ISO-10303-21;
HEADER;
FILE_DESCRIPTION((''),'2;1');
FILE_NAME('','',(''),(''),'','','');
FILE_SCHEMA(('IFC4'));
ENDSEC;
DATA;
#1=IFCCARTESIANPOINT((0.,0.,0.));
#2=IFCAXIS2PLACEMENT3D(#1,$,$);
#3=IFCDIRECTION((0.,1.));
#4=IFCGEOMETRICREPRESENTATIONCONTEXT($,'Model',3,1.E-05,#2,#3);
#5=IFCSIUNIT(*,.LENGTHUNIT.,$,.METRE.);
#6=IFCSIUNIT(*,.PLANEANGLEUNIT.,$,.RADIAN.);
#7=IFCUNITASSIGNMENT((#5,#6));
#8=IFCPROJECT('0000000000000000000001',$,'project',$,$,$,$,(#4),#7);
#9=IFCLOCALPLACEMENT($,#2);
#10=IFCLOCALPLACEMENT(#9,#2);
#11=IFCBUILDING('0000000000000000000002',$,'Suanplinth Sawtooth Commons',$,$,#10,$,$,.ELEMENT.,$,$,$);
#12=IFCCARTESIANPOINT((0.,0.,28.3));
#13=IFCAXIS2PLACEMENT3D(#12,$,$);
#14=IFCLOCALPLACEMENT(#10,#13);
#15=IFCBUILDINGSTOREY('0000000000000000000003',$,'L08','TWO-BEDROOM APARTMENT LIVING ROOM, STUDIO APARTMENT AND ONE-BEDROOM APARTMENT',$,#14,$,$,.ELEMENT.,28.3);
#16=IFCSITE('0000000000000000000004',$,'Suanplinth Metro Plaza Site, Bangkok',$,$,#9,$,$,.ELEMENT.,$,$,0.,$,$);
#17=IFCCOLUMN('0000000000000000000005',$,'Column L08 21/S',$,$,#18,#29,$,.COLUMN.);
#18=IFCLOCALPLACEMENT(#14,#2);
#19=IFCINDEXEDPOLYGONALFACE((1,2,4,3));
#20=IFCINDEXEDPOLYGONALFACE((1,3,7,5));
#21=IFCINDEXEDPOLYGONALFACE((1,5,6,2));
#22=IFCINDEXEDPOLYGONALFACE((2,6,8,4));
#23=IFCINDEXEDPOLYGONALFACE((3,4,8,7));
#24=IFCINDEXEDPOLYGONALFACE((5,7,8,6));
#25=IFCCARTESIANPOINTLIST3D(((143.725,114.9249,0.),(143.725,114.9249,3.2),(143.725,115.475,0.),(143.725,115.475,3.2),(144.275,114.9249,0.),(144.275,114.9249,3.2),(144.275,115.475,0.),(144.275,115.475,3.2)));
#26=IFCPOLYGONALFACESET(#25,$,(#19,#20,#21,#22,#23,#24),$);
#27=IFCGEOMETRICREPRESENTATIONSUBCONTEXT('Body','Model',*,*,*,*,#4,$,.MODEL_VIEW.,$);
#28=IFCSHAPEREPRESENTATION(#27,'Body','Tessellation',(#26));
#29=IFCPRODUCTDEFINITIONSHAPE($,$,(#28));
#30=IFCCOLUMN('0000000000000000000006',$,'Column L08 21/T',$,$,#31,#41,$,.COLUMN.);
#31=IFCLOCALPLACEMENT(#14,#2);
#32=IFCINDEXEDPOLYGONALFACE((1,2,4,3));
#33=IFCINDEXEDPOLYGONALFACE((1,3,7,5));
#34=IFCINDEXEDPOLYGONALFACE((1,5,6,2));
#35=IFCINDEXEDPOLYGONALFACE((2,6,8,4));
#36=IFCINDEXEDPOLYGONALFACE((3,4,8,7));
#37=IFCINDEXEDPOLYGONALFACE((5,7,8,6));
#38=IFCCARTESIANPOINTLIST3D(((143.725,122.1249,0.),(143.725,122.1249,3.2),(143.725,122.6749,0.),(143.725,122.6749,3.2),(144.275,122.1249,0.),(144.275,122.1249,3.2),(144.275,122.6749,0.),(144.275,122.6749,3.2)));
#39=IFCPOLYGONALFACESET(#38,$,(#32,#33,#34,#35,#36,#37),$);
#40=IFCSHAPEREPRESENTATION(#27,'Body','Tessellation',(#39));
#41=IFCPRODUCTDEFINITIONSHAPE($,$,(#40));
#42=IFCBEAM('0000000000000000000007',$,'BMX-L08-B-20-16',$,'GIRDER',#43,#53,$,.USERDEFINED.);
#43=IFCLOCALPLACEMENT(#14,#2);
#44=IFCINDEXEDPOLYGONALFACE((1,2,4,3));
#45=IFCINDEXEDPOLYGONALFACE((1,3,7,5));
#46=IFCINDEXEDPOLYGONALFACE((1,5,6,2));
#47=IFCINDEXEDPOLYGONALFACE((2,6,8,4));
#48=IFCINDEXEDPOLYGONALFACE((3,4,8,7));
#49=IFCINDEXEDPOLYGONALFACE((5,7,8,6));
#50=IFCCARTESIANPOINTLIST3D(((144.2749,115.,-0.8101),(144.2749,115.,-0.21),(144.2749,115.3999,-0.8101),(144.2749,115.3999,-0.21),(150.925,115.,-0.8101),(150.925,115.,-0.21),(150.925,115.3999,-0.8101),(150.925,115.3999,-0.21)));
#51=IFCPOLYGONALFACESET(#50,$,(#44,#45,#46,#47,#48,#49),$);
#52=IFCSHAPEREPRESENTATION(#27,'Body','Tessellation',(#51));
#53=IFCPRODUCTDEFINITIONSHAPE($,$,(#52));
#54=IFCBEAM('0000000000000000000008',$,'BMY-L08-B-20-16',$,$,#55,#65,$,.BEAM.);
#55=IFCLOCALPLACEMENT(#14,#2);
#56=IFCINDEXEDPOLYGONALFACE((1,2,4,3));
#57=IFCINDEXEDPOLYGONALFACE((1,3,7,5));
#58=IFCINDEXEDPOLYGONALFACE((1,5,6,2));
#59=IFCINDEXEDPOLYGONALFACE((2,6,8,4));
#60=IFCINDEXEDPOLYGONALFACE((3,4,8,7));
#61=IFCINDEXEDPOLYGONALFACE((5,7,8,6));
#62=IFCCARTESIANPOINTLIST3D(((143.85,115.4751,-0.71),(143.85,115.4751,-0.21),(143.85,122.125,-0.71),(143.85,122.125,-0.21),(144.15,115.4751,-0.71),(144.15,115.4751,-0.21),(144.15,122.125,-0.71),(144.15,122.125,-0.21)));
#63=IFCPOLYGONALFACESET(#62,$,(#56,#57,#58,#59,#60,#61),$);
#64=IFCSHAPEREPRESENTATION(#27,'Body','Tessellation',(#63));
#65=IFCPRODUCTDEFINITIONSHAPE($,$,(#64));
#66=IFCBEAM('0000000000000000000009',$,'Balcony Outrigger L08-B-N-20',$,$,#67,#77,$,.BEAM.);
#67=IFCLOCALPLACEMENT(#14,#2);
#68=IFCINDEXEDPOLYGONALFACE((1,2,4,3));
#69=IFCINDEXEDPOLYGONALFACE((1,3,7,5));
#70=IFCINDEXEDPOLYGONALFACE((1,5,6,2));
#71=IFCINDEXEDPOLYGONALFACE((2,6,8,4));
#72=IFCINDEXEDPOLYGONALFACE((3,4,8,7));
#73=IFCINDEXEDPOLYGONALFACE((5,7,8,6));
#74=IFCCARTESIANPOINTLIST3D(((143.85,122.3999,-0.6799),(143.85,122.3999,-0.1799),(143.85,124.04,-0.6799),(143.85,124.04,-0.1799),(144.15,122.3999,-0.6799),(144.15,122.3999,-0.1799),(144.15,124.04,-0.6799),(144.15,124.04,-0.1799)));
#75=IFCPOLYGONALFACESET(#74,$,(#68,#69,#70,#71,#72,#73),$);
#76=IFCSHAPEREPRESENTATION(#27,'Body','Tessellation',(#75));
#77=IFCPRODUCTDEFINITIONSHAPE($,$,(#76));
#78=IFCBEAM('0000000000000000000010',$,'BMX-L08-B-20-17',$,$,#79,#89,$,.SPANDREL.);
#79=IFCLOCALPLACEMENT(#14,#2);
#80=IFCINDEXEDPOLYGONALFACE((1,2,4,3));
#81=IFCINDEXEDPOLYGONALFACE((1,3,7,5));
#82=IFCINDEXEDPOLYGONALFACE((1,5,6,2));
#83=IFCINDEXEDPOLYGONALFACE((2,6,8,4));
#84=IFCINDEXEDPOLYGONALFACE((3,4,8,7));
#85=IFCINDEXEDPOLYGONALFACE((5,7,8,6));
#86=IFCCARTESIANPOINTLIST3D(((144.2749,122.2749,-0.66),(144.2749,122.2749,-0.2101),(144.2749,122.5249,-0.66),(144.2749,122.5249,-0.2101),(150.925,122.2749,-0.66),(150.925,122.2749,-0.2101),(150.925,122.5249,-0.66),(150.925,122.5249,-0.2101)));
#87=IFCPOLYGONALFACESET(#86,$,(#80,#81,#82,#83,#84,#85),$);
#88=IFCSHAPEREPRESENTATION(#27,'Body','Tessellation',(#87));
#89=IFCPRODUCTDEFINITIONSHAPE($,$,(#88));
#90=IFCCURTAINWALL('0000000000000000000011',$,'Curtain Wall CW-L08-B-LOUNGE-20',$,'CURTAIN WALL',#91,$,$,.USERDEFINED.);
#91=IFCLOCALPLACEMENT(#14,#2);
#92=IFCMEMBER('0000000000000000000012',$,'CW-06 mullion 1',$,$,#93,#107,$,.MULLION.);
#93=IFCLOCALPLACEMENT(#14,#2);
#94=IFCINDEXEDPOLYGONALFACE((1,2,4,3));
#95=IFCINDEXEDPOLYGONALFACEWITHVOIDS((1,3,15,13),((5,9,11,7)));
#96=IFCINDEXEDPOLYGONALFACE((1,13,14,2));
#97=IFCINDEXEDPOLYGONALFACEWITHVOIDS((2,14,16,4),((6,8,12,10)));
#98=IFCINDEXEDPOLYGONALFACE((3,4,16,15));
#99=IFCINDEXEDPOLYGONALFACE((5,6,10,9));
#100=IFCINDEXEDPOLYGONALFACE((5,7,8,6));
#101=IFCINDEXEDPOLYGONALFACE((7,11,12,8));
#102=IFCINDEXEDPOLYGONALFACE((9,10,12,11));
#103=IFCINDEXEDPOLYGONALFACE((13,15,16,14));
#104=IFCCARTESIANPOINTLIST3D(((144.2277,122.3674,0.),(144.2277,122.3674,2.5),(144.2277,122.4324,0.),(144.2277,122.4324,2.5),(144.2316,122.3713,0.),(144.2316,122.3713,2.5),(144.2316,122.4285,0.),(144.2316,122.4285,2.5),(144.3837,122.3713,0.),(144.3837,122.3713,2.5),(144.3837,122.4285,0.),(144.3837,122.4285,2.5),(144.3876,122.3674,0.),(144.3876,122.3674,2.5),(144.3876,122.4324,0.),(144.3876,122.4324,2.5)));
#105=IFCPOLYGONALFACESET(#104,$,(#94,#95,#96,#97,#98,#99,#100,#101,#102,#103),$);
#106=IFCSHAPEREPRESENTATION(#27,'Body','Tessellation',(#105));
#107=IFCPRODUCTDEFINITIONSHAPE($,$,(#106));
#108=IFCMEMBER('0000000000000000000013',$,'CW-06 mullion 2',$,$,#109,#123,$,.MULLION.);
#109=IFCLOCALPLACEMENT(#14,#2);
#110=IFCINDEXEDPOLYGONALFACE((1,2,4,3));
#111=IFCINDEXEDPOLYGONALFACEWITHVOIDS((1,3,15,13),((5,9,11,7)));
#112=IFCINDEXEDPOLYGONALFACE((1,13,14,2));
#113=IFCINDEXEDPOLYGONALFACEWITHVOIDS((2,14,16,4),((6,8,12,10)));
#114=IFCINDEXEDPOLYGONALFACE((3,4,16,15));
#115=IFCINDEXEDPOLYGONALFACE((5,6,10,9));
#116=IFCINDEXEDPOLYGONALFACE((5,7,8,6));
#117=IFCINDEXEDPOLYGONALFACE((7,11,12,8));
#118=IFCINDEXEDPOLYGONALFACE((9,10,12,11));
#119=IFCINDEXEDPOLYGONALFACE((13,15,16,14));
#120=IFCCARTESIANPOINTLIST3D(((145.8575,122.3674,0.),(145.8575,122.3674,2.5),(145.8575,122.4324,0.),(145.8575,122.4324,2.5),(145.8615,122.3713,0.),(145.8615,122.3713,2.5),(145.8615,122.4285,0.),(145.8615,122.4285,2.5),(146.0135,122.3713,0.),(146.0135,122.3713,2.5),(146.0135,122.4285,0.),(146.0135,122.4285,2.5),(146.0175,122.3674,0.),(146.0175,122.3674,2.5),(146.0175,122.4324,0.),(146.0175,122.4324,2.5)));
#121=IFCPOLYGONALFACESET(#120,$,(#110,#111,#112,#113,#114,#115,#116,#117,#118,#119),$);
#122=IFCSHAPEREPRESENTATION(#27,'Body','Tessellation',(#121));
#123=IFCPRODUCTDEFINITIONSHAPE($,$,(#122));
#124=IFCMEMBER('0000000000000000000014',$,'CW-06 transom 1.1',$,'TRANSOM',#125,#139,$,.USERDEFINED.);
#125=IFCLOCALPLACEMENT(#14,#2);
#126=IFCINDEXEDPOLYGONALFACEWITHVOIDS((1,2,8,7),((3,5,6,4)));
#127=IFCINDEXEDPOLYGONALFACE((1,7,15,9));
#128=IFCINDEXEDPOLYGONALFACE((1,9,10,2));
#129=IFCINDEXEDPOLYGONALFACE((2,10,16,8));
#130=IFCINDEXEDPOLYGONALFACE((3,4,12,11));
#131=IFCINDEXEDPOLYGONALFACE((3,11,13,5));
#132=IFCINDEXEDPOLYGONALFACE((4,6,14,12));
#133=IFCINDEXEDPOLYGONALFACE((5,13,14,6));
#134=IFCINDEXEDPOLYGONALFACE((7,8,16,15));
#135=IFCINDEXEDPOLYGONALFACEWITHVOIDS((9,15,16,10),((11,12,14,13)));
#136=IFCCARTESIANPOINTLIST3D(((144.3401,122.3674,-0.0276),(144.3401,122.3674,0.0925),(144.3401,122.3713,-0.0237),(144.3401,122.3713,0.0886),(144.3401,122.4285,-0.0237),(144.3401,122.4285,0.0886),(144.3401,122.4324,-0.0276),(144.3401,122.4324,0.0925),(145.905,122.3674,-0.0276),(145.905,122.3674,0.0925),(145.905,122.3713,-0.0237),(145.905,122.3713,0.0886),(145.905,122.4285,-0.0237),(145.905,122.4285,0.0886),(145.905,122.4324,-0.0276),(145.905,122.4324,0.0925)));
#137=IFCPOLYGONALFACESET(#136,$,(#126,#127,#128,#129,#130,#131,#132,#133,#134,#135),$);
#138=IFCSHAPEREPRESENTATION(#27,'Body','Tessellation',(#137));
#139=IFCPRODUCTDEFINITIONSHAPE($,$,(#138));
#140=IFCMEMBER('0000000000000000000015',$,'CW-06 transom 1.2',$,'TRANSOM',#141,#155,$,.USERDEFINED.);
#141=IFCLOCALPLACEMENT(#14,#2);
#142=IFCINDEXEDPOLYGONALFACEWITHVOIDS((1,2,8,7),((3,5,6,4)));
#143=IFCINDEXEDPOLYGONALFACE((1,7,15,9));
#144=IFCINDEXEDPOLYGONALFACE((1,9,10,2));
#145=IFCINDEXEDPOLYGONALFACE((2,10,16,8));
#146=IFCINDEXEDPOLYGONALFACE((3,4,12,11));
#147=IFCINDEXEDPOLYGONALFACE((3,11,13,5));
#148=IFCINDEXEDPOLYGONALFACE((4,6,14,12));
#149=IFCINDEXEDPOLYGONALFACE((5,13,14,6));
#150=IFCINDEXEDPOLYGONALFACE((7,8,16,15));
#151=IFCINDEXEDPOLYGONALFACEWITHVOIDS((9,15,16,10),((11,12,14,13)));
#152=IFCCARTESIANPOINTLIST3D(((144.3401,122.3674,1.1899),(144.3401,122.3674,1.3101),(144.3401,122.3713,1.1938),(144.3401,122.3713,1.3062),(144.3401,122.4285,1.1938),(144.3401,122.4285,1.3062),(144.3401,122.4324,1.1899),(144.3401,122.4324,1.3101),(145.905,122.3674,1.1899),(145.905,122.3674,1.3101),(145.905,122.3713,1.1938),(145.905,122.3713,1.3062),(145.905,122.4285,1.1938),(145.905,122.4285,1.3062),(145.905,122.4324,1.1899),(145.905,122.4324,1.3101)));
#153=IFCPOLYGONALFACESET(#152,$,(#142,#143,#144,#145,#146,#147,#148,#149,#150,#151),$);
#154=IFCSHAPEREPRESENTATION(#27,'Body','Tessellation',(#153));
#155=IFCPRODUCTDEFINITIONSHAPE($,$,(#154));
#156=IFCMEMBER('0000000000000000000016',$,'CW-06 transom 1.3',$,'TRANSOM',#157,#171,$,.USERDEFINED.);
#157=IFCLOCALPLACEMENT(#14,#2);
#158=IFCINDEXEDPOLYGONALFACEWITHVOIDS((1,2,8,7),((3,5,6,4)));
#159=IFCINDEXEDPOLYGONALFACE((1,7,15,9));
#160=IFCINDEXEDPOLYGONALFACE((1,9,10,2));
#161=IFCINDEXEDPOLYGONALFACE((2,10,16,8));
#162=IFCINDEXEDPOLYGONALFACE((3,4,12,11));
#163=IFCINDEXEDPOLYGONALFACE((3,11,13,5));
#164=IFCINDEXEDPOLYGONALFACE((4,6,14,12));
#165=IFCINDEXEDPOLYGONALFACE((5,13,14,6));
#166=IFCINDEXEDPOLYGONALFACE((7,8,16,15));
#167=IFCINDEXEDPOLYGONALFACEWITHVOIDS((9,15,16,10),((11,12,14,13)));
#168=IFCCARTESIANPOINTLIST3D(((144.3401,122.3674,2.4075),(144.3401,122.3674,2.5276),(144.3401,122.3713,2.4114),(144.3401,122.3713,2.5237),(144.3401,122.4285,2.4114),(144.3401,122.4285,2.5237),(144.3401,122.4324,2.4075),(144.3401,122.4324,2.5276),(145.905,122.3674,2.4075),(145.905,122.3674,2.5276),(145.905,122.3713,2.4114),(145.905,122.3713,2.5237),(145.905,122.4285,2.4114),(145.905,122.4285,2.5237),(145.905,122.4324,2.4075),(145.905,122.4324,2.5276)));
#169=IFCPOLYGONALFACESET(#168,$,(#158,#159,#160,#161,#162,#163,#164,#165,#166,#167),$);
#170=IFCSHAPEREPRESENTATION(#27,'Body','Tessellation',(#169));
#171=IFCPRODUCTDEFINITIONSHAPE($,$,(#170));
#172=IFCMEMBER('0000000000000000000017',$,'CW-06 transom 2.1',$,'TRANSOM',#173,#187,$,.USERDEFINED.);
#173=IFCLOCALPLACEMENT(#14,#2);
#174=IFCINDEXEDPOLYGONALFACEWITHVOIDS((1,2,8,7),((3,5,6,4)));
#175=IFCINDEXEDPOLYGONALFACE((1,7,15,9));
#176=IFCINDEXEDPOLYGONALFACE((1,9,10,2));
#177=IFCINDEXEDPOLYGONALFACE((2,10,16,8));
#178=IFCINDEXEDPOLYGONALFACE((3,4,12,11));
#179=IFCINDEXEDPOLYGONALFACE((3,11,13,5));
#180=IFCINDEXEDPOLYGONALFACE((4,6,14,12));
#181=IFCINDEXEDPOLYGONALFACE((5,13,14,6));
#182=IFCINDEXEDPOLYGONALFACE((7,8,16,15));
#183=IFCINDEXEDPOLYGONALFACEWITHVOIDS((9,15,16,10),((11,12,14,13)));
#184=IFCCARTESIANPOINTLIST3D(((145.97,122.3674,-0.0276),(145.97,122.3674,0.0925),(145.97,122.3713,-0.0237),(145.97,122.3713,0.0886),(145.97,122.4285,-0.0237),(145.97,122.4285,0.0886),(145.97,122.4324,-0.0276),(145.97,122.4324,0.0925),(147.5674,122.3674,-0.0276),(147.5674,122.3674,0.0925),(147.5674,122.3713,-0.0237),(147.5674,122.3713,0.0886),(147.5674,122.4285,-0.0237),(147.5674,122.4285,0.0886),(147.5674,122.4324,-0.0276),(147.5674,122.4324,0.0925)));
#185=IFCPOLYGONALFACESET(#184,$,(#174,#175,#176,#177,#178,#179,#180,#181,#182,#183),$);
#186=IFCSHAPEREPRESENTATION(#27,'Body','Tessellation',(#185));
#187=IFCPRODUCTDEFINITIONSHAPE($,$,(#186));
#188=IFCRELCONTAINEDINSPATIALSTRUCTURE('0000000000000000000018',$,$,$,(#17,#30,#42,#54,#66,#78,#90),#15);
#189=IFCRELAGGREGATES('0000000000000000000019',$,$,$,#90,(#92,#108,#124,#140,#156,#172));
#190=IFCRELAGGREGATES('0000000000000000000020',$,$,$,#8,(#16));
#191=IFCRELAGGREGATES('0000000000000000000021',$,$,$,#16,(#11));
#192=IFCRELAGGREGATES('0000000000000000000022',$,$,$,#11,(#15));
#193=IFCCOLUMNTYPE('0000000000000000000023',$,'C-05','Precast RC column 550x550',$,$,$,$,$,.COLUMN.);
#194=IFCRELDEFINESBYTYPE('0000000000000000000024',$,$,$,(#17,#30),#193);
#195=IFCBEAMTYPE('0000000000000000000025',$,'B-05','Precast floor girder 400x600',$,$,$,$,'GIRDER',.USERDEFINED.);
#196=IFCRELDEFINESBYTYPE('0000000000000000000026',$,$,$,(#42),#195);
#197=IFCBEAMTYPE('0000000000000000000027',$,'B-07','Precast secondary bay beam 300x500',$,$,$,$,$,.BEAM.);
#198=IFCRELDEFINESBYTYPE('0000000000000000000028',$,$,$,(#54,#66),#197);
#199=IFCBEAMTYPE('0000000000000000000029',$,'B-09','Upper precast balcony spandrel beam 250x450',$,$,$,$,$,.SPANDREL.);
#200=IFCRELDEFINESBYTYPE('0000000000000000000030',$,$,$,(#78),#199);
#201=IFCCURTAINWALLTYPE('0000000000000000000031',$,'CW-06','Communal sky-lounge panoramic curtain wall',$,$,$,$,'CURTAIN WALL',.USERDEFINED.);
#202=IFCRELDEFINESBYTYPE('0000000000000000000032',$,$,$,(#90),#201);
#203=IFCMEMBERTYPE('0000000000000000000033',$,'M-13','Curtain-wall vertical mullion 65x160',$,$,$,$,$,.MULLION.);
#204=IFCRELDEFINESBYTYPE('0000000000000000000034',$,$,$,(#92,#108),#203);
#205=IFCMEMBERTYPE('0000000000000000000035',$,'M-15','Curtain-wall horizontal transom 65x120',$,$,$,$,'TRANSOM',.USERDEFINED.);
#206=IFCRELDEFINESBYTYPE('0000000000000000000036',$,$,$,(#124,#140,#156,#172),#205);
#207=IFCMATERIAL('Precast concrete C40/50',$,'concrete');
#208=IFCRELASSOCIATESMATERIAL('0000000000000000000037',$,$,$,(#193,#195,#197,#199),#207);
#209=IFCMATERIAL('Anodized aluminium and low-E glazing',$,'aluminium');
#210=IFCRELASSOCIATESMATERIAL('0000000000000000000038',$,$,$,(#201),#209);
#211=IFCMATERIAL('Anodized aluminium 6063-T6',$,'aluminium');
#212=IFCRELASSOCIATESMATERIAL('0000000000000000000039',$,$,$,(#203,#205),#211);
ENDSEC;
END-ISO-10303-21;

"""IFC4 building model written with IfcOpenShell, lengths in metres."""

from ifc_helpers import new_model, si_unit, direction, frame, origin, origin_2d, place, context, subcontext, project, spatial, rectangle, hollow_rectangle, extrude, material, material_profile, profile_set, type_object, element, aggregate, save


model = new_model("IFC4")

# Units and contexts
model_context = context("Model", 3, precision=1e-05, world=origin(), true_north=direction((0.0, 1.0)))
body_context = subcontext(model_context, "Body", "Model", "MODEL_VIEW")
ifc_project = project(units=[si_unit("LENGTHUNIT", "METRE"), si_unit("PLANEANGLEUNIT", "RADIAN")], contexts=[model_context])

# Site, building, storey
site_placement = place(None, origin())
site = spatial("IfcSite", under=ifc_project, at=site_placement, Name="Suanplinth Metro Plaza Site, Bangkok", CompositionType="ELEMENT", RefElevation=0.0)
building_placement = place(site_placement, origin())
building = spatial("IfcBuilding", under=site, at=building_placement, Name="Suanplinth Sawtooth Commons", CompositionType="ELEMENT")
storey_placement = place(building_placement, frame((0.0, 0.0, 28.3)))
storey = spatial("IfcBuildingStorey", under=building, at=storey_placement, Name="L08", Description="TWO-BEDROOM APARTMENT LIVING ROOM, STUDIO APARTMENT AND ONE-BEDROOM APARTMENT", CompositionType="ELEMENT", Elevation=28.3)

# Columns
ifc_material_1 = material(Name="Precast concrete C40/50", Category="concrete")
ifc_material_profile_1 = material_profile(ifc_material_1, rectangle(XDim=0.55, YDim=0.55, at=origin_2d()), Name="PC-COL 550x550")
ifc_profile_set_1 = profile_set([ifc_material_profile_1], Name="Precast concrete C40/50")
column_type = type_object("IfcColumnType", Name="C-05", Description="Precast RC column 550x550", PredefinedType="COLUMN", material=ifc_profile_set_1)
for number, where, z_axis, x_axis, name in (
    (1, (144.0, 115.2, 0.0), (0.0, 0.0, 1.0), (1.0, 0.0, 0.0), "Column L08 21/S"),
    (2, (144.0, 122.3999, 0.0), (0.0, 0.0, 1.0), (1.0, 0.0, 0.0), "Column L08 21/T"),
):
    element("IfcColumn", number, at=place(storey_placement, frame(where, z_axis=z_axis, x_axis=x_axis)), inside=storey, type_object=column_type, Name=name, PredefinedType="COLUMN", context=body_context, shape_type="SweptSolid", body=[
        extrude(rectangle(XDim=0.55, YDim=0.55, at=origin_2d()), origin(), (0.0, 0.0, 1.0), 3.2),
    ])

# Beams
ifc_material_profile_2 = material_profile(ifc_material_1, rectangle(XDim=0.3999, YDim=0.6001, at=origin_2d()), Name="PC-GDR 400x600")
ifc_profile_set_2 = profile_set([ifc_material_profile_2], Name="Precast concrete C40/50")
beam_type_1 = type_object("IfcBeamType", Name="B-05", Description="Precast floor girder 400x600", ElementType="GIRDER", PredefinedType="USERDEFINED", material=ifc_profile_set_2)
beam_1_placement = place(storey_placement, frame((144.2749, 115.2, -0.51), z_axis=(1.0, 0.0, 0.0), x_axis=(0.0, 1.0, 0.0)))
element("IfcBeam", 3, at=beam_1_placement, inside=storey, type_object=beam_type_1, Name="BMX-L08-B-20-16", ObjectType="GIRDER", PredefinedType="USERDEFINED", context=body_context, shape_type="SweptSolid", body=[
    extrude(rectangle(XDim=0.3999, YDim=0.6001, at=origin_2d()), origin(), (0.0, 0.0, 1.0), 6.6501),
])
ifc_material_profile_3 = material_profile(ifc_material_1, rectangle(XDim=0.3, YDim=0.5, at=origin_2d()), Name="PC-BM 300x500")
ifc_profile_set_3 = profile_set([ifc_material_profile_3], Name="Precast concrete C40/50")
beam_type_2 = type_object("IfcBeamType", Name="B-07", Description="Precast secondary bay beam 300x500", PredefinedType="BEAM", material=ifc_profile_set_3)
beam_2_placement = place(storey_placement, frame((144.0, 115.4751, -0.46), z_axis=(0.0, 1.0, 0.0), x_axis=(-1.0, 0.0, 0.0)))
element("IfcBeam", 4, at=beam_2_placement, inside=storey, type_object=beam_type_2, Name="BMY-L08-B-20-16", PredefinedType="BEAM", context=body_context, shape_type="SweptSolid", body=[
    extrude(rectangle(XDim=0.3, YDim=0.5, at=origin_2d()), origin(), (0.0, 0.0, 1.0), 6.6499),
])
beam_3_placement = place(storey_placement, frame((144.0, 122.3999, -0.4299), z_axis=(0.0, 1.0, 0.0), x_axis=(-1.0, 0.0, 0.0)))
element("IfcBeam", 5, at=beam_3_placement, inside=storey, type_object=beam_type_2, Name="Balcony Outrigger L08-B-N-20", PredefinedType="BEAM", context=body_context, shape_type="SweptSolid", body=[
    extrude(rectangle(XDim=0.3, YDim=0.5, at=origin_2d()), origin(), (0.0, 0.0, 1.0), 1.6401),
])
ifc_material_profile_4 = material_profile(ifc_material_1, rectangle(XDim=0.25, YDim=0.45, at=origin_2d()), Name="PC-SP 250x450")
ifc_profile_set_4 = profile_set([ifc_material_profile_4], Name="Precast concrete C40/50")
beam_type_3 = type_object("IfcBeamType", Name="B-09", Description="Upper precast balcony spandrel beam 250x450", PredefinedType="SPANDREL", material=ifc_profile_set_4)
beam_4_placement = place(storey_placement, frame((144.2749, 122.3999, -0.4351), z_axis=(1.0, 0.0, 0.0), x_axis=(0.0, 1.0, 0.0)))
element("IfcBeam", 6, at=beam_4_placement, inside=storey, type_object=beam_type_3, Name="BMX-L08-B-20-17", PredefinedType="SPANDREL", context=body_context, shape_type="SweptSolid", body=[
    extrude(rectangle(XDim=0.25, YDim=0.45, at=origin_2d()), origin(), (0.0, 0.0, 1.0), 6.6501),
])

# Curtain wall, members
ifc_material_2 = material(Name="Anodized aluminium and low-E glazing", Category="aluminium")
curtain_wall_type = type_object("IfcCurtainWallType", Name="CW-06", Description="Communal sky-lounge panoramic curtain wall", ElementType="CURTAIN WALL", PredefinedType="USERDEFINED", material=ifc_material_2)
curtain_wall_placement = place(storey_placement, origin())
curtain_wall = element("IfcCurtainWall", 7, at=curtain_wall_placement, inside=storey, type_object=curtain_wall_type, Name="Curtain Wall CW-L08-B-LOUNGE-20", ObjectType="CURTAIN WALL", PredefinedType="USERDEFINED")
ifc_material_3 = material(Name="Anodized aluminium 6063-T6", Category="aluminium")
ifc_material_profile_5 = material_profile(ifc_material_3, hollow_rectangle(XDim=0.0649, YDim=0.1599, WallThickness=0.0039, at=origin_2d()), Name="ALU-MUL 65x160")
ifc_profile_set_5 = profile_set([ifc_material_profile_5], Name="Anodized aluminium 6063-T6")
member_type_1 = type_object("IfcMemberType", Name="M-13", Description="Curtain-wall vertical mullion 65x160", PredefinedType="MULLION", material=ifc_profile_set_5)
member_1_placement = place(storey_placement, frame((144.3076, 122.3999, 0.0), z_axis=(0.0, 0.0, 1.0), x_axis=(0.0, 1.0, 0.0)))
member_1 = element("IfcMember", 8, at=member_1_placement, type_object=member_type_1, Name="CW-06 mullion 1", PredefinedType="MULLION", context=body_context, shape_type="SweptSolid", body=[
    extrude(hollow_rectangle(XDim=0.0649, YDim=0.1599, WallThickness=0.0039, at=origin_2d()), origin(), (0.0, 0.0, 1.0), 2.5),
])
member_2_placement = place(storey_placement, frame((145.9375, 122.3999, 0.0), z_axis=(0.0, 0.0, 1.0), x_axis=(0.0, 1.0, 0.0)))
member_2 = element("IfcMember", 9, at=member_2_placement, type_object=member_type_1, Name="CW-06 mullion 2", PredefinedType="MULLION", context=body_context, shape_type="SweptSolid", body=[
    extrude(hollow_rectangle(XDim=0.0649, YDim=0.1599, WallThickness=0.0039, at=origin_2d()), origin(), (0.0, 0.0, 1.0), 2.5),
])
ifc_material_profile_6 = material_profile(ifc_material_3, hollow_rectangle(XDim=0.0649, YDim=0.1201, WallThickness=0.0039, at=origin_2d()), Name="ALU-TRN 65x120")
ifc_profile_set_6 = profile_set([ifc_material_profile_6], Name="Anodized aluminium 6063-T6")
member_type_2 = type_object("IfcMemberType", Name="M-15", Description="Curtain-wall horizontal transom 65x120", ElementType="TRANSOM", PredefinedType="USERDEFINED", material=ifc_profile_set_6)
member_3_placement = place(storey_placement, frame((144.3401, 122.3999, 0.0325), z_axis=(1.0, 0.0, 0.0), x_axis=(0.0, 1.0, 0.0)))
member_3 = element("IfcMember", 10, at=member_3_placement, type_object=member_type_2, Name="CW-06 transom 1.1", ObjectType="TRANSOM", PredefinedType="USERDEFINED", context=body_context, shape_type="SweptSolid", body=[
    extrude(hollow_rectangle(XDim=0.0649, YDim=0.1201, WallThickness=0.0039, at=origin_2d()), origin(), (0.0, 0.0, 1.0), 1.5649),
])
member_4_placement = place(storey_placement, frame((144.3401, 122.3999, 1.25), z_axis=(1.0, 0.0, 0.0), x_axis=(0.0, 1.0, 0.0)))
member_4 = element("IfcMember", 11, at=member_4_placement, type_object=member_type_2, Name="CW-06 transom 1.2", ObjectType="TRANSOM", PredefinedType="USERDEFINED", context=body_context, shape_type="SweptSolid", body=[
    extrude(hollow_rectangle(XDim=0.0649, YDim=0.1201, WallThickness=0.0039, at=origin_2d()), origin(), (0.0, 0.0, 1.0), 1.5649),
])
member_5_placement = place(storey_placement, frame((144.3401, 122.3999, 2.4675), z_axis=(1.0, 0.0, 0.0), x_axis=(0.0, 1.0, 0.0)))
member_5 = element("IfcMember", 12, at=member_5_placement, type_object=member_type_2, Name="CW-06 transom 1.3", ObjectType="TRANSOM", PredefinedType="USERDEFINED", context=body_context, shape_type="SweptSolid", body=[
    extrude(hollow_rectangle(XDim=0.0649, YDim=0.1201, WallThickness=0.0039, at=origin_2d()), origin(), (0.0, 0.0, 1.0), 1.5649),
])
member_6_placement = place(storey_placement, frame((145.97, 122.3999, 0.0325), z_axis=(1.0, 0.0, 0.0), x_axis=(0.0, 1.0, 0.0)))
member_6 = element("IfcMember", 13, at=member_6_placement, type_object=member_type_2, Name="CW-06 transom 2.1", ObjectType="TRANSOM", PredefinedType="USERDEFINED", context=body_context, shape_type="SweptSolid", body=[
    extrude(hollow_rectangle(XDim=0.0649, YDim=0.1201, WallThickness=0.0039, at=origin_2d()), origin(), (0.0, 0.0, 1.0), 1.5974),
])
aggregate(curtain_wall, [member_1, member_2, member_3, member_4, member_5, member_6])

save(model, "model.ifc")
